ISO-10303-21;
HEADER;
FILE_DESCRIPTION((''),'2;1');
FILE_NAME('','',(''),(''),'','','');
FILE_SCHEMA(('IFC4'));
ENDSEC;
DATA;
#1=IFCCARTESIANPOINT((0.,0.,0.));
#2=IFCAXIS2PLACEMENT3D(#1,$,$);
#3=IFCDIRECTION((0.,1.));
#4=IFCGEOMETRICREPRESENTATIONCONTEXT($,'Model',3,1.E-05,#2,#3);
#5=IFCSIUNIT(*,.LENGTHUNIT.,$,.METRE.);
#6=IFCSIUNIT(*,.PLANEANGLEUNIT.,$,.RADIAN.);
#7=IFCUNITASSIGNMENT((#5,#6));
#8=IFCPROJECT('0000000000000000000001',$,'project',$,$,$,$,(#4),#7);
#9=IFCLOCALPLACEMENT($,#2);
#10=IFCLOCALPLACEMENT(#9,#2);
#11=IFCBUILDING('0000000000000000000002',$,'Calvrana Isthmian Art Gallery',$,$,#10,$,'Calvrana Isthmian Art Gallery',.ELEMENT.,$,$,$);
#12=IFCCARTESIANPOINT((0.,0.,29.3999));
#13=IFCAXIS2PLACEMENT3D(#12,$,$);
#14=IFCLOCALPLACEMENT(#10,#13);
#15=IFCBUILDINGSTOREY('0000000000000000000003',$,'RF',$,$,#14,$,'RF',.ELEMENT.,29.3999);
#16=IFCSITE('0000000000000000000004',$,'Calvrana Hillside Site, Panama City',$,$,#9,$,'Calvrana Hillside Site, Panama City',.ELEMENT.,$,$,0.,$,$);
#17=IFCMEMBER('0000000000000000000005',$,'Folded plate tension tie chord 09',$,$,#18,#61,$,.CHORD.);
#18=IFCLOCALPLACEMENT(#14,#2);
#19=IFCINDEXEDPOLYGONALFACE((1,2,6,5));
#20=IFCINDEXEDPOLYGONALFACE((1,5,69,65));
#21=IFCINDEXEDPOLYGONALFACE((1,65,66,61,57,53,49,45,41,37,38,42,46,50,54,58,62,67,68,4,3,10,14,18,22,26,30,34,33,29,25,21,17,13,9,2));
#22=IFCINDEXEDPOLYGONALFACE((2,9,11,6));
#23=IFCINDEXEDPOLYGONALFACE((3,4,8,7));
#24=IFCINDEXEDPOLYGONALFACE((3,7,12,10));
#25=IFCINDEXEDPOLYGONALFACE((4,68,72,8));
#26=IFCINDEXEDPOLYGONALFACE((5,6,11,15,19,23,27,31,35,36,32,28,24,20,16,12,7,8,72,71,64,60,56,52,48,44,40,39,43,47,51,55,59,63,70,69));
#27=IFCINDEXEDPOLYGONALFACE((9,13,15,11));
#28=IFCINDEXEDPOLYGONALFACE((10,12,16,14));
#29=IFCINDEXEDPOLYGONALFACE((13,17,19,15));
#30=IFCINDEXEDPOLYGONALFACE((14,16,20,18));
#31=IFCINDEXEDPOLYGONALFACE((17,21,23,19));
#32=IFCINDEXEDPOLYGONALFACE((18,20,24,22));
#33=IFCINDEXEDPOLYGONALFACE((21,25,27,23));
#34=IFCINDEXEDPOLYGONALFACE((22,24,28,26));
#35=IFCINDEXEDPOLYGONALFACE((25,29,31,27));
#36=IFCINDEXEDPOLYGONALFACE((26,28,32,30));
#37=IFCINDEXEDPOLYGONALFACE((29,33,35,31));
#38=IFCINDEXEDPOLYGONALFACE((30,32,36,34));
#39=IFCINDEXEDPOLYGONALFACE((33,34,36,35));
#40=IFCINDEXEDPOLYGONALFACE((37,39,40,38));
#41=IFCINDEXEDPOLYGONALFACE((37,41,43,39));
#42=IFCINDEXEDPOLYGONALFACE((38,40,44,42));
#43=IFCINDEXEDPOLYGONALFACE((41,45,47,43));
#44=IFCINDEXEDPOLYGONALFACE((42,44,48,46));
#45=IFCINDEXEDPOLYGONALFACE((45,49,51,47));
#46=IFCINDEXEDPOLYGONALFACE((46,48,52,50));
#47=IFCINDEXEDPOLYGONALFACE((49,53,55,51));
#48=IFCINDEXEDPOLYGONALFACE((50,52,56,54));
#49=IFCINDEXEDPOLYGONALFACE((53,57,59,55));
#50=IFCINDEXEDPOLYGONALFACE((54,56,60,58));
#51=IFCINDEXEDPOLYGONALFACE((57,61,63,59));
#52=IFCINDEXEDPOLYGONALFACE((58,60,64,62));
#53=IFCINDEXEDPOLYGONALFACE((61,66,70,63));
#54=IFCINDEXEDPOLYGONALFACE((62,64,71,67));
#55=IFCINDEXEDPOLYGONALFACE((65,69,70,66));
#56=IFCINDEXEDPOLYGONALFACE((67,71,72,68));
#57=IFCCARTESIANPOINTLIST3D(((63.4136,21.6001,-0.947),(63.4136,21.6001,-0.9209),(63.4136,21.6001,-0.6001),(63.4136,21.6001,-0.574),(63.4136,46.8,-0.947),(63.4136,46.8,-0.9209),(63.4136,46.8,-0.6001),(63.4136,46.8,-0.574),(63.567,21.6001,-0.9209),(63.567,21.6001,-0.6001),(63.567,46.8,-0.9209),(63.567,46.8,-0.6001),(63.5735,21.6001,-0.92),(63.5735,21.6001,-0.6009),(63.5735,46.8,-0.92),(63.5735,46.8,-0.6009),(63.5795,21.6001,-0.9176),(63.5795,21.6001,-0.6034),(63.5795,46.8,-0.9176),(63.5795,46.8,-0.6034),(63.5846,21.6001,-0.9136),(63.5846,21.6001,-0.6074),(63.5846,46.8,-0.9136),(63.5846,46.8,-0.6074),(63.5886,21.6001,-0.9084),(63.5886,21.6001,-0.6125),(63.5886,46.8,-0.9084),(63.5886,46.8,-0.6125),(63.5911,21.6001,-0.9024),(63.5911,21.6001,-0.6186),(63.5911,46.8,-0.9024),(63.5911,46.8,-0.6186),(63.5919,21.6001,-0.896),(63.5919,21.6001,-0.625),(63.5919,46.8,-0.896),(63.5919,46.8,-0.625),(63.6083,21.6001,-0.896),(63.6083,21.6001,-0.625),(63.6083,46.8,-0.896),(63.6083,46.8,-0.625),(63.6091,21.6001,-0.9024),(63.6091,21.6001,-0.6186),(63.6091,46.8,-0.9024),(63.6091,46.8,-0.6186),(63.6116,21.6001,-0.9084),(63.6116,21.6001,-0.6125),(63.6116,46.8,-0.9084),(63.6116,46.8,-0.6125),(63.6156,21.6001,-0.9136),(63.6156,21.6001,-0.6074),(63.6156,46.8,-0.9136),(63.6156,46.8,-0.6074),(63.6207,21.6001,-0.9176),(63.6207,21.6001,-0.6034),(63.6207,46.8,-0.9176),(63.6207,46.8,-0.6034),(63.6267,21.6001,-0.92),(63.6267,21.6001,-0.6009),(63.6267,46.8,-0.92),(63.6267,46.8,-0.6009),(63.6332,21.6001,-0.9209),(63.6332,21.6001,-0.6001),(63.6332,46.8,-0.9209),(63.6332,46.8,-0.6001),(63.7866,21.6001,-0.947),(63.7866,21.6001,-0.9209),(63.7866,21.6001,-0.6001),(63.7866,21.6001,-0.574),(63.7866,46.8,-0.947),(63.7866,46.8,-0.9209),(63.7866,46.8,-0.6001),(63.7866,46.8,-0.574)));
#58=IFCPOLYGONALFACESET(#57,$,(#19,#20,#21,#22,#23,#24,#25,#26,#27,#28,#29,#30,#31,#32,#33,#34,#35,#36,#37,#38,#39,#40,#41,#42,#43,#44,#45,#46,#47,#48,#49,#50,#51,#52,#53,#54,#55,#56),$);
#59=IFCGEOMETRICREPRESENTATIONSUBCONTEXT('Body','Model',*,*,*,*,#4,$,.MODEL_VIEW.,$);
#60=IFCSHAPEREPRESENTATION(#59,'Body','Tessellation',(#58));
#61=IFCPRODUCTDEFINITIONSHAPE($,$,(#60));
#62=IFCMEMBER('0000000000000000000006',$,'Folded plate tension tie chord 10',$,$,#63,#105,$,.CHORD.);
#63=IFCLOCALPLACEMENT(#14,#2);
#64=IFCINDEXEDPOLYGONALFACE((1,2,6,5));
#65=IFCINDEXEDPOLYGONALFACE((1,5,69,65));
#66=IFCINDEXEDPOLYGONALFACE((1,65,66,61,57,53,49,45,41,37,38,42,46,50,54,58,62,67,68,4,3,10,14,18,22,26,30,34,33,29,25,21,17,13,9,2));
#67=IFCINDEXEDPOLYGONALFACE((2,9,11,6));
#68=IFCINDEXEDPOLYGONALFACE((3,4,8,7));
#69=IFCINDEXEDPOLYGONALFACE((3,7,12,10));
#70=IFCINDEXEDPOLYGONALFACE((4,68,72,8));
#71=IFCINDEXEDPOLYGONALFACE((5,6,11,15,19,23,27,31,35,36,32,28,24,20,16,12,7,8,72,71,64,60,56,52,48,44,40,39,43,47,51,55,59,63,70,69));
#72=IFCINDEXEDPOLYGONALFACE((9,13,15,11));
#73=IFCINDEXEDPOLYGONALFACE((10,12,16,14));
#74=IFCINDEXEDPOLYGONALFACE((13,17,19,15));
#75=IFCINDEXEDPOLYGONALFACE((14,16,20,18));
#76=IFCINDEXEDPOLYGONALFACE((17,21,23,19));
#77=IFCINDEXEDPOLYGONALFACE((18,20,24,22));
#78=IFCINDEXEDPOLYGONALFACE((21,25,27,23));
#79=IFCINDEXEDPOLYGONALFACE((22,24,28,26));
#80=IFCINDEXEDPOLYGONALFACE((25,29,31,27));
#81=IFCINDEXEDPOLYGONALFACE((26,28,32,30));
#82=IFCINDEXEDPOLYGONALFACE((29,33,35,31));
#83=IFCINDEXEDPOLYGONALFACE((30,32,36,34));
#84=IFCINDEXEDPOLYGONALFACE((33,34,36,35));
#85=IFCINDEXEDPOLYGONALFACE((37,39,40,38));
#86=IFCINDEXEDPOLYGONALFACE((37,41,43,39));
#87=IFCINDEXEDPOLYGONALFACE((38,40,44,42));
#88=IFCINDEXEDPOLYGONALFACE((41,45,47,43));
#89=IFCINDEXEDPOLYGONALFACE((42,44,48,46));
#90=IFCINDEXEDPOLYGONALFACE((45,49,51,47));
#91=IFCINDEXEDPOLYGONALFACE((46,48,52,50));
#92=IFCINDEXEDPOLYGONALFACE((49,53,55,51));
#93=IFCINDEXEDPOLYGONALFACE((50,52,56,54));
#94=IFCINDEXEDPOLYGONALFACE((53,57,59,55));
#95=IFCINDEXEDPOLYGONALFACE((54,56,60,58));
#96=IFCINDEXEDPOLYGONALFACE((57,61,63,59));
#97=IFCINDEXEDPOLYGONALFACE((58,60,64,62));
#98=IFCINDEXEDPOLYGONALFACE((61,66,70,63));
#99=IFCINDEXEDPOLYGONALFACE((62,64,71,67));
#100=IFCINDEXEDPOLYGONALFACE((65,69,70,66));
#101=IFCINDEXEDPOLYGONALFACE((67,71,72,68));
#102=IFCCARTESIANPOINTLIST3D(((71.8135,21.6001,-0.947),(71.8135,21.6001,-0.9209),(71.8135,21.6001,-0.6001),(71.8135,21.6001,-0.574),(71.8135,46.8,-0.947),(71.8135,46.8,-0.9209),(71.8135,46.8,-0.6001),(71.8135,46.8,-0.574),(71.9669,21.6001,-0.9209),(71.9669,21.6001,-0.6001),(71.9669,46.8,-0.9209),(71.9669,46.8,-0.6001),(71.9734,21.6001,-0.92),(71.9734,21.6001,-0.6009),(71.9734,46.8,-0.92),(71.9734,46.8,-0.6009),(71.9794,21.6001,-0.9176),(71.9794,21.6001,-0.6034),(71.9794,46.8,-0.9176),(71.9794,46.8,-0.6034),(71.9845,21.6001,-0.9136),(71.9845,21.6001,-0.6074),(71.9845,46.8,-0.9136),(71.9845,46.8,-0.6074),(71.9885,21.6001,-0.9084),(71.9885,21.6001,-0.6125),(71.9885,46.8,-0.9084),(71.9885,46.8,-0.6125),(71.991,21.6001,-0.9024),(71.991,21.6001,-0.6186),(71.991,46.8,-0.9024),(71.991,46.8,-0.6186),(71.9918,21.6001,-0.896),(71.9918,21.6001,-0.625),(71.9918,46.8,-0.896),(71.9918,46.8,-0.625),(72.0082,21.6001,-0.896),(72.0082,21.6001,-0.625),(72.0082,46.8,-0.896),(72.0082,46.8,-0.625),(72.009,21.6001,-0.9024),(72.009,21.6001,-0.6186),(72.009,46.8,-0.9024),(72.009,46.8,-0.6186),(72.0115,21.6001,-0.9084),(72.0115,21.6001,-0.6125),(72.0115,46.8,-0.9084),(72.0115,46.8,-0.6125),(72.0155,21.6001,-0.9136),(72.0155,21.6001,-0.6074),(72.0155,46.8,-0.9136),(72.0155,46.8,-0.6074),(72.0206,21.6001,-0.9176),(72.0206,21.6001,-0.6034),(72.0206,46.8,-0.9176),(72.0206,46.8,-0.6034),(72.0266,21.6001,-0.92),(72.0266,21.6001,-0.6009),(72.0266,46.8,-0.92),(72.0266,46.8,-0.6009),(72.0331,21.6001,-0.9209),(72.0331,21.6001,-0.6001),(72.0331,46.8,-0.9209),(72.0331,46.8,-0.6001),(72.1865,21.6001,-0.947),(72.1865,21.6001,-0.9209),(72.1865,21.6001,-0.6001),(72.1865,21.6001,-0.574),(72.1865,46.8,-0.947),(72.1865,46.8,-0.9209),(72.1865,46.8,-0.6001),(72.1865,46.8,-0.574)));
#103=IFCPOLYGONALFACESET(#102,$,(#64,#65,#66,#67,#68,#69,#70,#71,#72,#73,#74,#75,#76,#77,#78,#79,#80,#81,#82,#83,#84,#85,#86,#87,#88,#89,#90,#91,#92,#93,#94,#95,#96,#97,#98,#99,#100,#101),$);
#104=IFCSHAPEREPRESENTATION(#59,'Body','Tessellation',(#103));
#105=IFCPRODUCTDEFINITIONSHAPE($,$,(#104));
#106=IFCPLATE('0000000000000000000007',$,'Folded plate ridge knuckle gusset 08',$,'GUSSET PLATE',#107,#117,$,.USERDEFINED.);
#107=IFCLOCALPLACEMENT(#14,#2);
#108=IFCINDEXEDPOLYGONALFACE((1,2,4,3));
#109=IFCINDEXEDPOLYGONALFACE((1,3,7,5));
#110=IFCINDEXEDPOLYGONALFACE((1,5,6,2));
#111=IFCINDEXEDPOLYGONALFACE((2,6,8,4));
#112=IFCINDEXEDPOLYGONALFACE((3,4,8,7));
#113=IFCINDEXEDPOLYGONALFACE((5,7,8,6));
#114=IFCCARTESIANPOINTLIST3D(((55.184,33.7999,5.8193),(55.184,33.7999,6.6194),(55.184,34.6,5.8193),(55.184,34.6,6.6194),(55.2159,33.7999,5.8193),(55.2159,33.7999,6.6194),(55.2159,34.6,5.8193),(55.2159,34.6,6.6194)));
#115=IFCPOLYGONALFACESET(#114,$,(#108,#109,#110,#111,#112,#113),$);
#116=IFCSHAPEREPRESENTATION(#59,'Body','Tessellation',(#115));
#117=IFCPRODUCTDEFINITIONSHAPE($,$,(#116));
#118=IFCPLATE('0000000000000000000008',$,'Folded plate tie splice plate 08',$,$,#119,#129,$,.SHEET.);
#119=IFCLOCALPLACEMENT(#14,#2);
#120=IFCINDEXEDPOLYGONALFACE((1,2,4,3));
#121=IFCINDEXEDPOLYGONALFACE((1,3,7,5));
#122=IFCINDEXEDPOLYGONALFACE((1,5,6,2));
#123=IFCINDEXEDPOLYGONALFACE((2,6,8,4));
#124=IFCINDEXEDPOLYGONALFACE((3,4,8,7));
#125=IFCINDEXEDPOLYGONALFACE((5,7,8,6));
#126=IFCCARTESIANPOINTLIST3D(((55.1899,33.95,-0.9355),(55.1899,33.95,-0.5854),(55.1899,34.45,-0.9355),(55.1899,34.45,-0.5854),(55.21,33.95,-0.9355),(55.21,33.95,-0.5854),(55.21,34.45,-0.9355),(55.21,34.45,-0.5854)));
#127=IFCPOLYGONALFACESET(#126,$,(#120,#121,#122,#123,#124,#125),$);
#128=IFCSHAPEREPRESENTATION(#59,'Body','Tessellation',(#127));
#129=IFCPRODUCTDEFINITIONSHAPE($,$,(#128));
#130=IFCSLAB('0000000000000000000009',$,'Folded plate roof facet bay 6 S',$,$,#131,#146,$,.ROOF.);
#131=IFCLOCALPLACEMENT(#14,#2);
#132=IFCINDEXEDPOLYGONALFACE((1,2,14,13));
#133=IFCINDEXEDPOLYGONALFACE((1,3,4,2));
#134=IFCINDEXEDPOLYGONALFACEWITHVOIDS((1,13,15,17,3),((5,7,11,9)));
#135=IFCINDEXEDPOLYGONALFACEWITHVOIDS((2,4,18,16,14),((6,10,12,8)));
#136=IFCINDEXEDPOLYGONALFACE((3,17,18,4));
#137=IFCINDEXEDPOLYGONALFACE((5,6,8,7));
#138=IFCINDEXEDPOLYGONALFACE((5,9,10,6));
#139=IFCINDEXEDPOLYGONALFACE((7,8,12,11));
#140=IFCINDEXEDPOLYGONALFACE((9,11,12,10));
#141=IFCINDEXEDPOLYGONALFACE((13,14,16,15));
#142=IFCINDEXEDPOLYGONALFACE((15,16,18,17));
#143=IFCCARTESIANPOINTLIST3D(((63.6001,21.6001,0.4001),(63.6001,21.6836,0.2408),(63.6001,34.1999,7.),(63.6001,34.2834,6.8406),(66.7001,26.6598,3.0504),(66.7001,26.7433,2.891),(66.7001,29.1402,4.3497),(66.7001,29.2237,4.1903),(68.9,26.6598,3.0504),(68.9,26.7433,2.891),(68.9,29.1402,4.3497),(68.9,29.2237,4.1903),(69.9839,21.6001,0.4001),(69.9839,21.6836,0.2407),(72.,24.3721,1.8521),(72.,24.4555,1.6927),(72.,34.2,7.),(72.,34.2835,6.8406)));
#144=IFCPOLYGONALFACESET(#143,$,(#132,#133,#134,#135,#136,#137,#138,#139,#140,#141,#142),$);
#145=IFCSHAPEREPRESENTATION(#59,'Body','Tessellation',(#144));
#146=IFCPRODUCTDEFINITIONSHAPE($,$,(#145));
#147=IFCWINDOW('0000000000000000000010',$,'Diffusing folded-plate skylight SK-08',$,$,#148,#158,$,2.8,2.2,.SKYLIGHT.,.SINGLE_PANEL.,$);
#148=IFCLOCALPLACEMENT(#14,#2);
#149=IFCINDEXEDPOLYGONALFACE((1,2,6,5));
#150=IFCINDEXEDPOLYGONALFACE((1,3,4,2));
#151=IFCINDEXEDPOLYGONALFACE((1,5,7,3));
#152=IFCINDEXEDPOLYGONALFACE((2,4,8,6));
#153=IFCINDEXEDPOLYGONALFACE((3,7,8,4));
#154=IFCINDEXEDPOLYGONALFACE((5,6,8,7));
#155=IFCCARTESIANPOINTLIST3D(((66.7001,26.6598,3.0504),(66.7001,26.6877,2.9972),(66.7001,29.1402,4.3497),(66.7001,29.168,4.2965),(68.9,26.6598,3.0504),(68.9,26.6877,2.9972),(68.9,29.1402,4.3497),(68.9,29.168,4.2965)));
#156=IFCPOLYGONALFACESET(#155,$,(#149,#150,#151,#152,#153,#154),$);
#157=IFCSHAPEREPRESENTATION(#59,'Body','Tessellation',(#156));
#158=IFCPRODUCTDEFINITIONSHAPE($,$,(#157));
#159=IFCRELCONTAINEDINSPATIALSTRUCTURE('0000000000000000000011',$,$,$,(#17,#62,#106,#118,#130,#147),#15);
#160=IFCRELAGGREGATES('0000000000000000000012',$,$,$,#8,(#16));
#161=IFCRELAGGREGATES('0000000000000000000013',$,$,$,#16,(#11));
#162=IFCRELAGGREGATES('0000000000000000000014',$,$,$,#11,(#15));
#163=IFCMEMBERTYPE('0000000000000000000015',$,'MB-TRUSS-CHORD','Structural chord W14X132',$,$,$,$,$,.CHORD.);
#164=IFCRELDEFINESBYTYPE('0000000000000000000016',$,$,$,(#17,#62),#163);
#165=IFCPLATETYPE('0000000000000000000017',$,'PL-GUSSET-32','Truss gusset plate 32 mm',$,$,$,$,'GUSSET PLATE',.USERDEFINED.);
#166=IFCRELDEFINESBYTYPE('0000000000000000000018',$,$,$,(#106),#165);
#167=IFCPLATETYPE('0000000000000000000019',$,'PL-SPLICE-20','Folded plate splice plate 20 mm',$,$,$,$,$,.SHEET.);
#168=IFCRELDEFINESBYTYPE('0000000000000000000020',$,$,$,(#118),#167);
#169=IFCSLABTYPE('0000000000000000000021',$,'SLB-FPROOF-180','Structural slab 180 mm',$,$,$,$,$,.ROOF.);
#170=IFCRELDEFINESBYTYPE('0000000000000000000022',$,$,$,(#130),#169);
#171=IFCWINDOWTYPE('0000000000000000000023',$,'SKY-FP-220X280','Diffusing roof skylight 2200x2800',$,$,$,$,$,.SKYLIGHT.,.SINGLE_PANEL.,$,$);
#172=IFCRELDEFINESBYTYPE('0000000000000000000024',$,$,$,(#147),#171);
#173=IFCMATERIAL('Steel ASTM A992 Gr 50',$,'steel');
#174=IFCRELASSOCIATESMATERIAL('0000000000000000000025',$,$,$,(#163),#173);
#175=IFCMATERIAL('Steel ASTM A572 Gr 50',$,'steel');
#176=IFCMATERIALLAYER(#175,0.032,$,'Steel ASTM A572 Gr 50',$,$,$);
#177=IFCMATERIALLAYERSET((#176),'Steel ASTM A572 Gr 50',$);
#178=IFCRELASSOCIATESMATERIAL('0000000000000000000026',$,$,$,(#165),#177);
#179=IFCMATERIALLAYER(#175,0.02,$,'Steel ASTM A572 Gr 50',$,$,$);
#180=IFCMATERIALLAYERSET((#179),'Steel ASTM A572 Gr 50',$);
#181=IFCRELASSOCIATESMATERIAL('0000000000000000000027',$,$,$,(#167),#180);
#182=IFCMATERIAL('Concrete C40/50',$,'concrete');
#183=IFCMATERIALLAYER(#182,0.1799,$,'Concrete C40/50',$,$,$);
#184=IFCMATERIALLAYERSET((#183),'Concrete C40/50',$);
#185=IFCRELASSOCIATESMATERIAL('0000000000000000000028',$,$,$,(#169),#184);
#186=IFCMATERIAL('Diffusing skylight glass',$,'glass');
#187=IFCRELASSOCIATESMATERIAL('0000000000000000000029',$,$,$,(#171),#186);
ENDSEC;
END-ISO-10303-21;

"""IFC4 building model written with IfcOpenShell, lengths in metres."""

from ifc_helpers import new_model, si_unit, direction, frame, origin, origin_2d, place, context, subcontext, project, spatial, polyline, rectangle, i_section, outline, extrude, material, layer, layer_set, material_profile, profile_set, type_object, element, fill, save


model = new_model("IFC4")

# Units and contexts
model_context = context("Model", 3, precision=1e-05, world=origin(), true_north=direction((0.0, 1.0)))
body_context = subcontext(model_context, "Body", "Model", "MODEL_VIEW")
ifc_project = project(units=[si_unit("LENGTHUNIT", "METRE"), si_unit("PLANEANGLEUNIT", "RADIAN")], contexts=[model_context])

# Site, building, storey
site_placement = place(None, origin())
site = spatial("IfcSite", under=ifc_project, at=site_placement, Name="Calvrana Hillside Site, Panama City", LongName="Calvrana Hillside Site, Panama City", CompositionType="ELEMENT", RefElevation=0.0)
building_placement = place(site_placement, origin())
building = spatial("IfcBuilding", under=site, at=building_placement, Name="Calvrana Isthmian Art Gallery", LongName="Calvrana Isthmian Art Gallery", CompositionType="ELEMENT")
storey_placement = place(building_placement, frame((0.0, 0.0, 29.3999)))
storey = spatial("IfcBuildingStorey", under=building, at=storey_placement, Name="RF", LongName="RF", CompositionType="ELEMENT", Elevation=29.3999)

# Shared definitions
ifc_material_1 = material(Name="Steel ASTM A992 Gr 50", Category="steel")

# Members
ifc_material_profile_1 = material_profile(ifc_material_1, i_section(OverallWidth=0.373, OverallDepth=0.373, WebThickness=0.0164, FlangeThickness=0.0261, FilletRadius=0.0249, at=origin_2d()), Name="W14X132")
ifc_profile_set_1 = profile_set([ifc_material_profile_1], Name="Steel ASTM A992 Gr 50")
member_type_1 = type_object("IfcMemberType", Name="MB-TRUSS-CHORD", Description="Structural chord W14X132", PredefinedType="CHORD", material=ifc_profile_set_1)
for number, where, z_axis, x_axis, name in (
    (1, (63.6001, 21.6001, -0.7605), (0.0, 1.0, 0.0), (-1.0, 0.0, 0.0), "Folded plate tension tie chord 09"),
    (2, (72.0, 21.6001, -0.7605), (0.0, 1.0, 0.0), (-1.0, 0.0, 0.0), "Folded plate tension tie chord 10"),
):
    element("IfcMember", number, at=place(storey_placement, frame(where, z_axis=z_axis, x_axis=x_axis)), inside=storey, type_object=member_type_1, Name=name, PredefinedType="CHORD", context=body_context, shape_type="SweptSolid", body=[
        extrude(i_section(OverallWidth=0.373, OverallDepth=0.373, WebThickness=0.0164, FlangeThickness=0.0261, FilletRadius=0.0249, at=origin_2d()), origin(), (0.0, 0.0, 1.0), 25.2),
    ])

# Plates
ifc_material_2 = material(Name="Steel ASTM A572 Gr 50", Category="steel")
ifc_layer_1 = layer(ifc_material_2, 0.032, Name="Steel ASTM A572 Gr 50")
ifc_layer_set_1 = layer_set([ifc_layer_1], Name="Steel ASTM A572 Gr 50")
plate_type_1 = type_object("IfcPlateType", Name="PL-GUSSET-32", Description="Truss gusset plate 32 mm", ElementType="GUSSET PLATE", PredefinedType="USERDEFINED", material=ifc_layer_set_1)
plate_1_placement = place(storey_placement, frame((55.2, 34.2, 5.8193), z_axis=(0.0, 0.0, 1.0), x_axis=(1.0, 0.0, 0.0)))
element("IfcPlate", 3, at=plate_1_placement, inside=storey, type_object=plate_type_1, Name="Folded plate ridge knuckle gusset 08", ObjectType="GUSSET PLATE", PredefinedType="USERDEFINED", context=body_context, shape_type="SweptSolid", body=[
    extrude(rectangle(XDim=0.032, YDim=0.8, at=origin_2d()), origin(), (0.0, 0.0, 1.0), 0.8),
])
ifc_layer_2 = layer(ifc_material_2, 0.02, Name="Steel ASTM A572 Gr 50")
ifc_layer_set_2 = layer_set([ifc_layer_2], Name="Steel ASTM A572 Gr 50")
plate_type_2 = type_object("IfcPlateType", Name="PL-SPLICE-20", Description="Folded plate splice plate 20 mm", PredefinedType="SHEET", material=ifc_layer_set_2)
plate_2_placement = place(storey_placement, frame((55.2, 34.2, -0.9355), z_axis=(0.0, 0.0, 1.0), x_axis=(1.0, 0.0, 0.0)))
element("IfcPlate", 4, at=plate_2_placement, inside=storey, type_object=plate_type_2, Name="Folded plate tie splice plate 08", PredefinedType="SHEET", context=body_context, shape_type="SweptSolid", body=[
    extrude(rectangle(XDim=0.02, YDim=0.5, at=origin_2d()), origin(), (0.0, 0.0, 1.0), 0.3501),
])

# Slab, opening, window
ifc_material_3 = material(Name="Concrete C40/50", Category="concrete")
ifc_layer_3 = layer(ifc_material_3, 0.1799, Name="Concrete C40/50")
ifc_layer_set_3 = layer_set([ifc_layer_3], Name="Concrete C40/50")
slab_type = type_object("IfcSlabType", Name="SLB-FPROOF-180", Description="Structural slab 180 mm", PredefinedType="ROOF", material=ifc_layer_set_3)
slab_1_placement = place(storey_placement, frame((63.6001, 21.6001, 0.4001), z_axis=(0.000004, -0.464004, 0.885833), x_axis=(1.0, 0.000002, -0.000003)))
slab_1 = element("IfcSlab", 5, at=slab_1_placement, inside=storey, type_object=slab_type, Name="Folded plate roof facet bay 6 S", PredefinedType="ROOF", context=body_context, shape_type="SweptSolid", body=[
    extrude(outline(polyline([(0.0, 0.0), (6.3838, 0.0), (8.3999, 3.1292), (8.3999, 14.2237), (0.0, 14.2237), (0.0, 0.0)])), origin(), (0.0, 0.0, -1.0), 0.1799),
])
opening_1_placement = place(slab_1_placement, frame((4.2, 7.1118, 0.0103)))
opening_1 = element("IfcOpeningElement", 6, at=opening_1_placement, cuts=slab_1, PredefinedType="OPENING", context=body_context, shape_type="SweptSolid", body=[
    extrude(rectangle(XDim=2.2, YDim=2.8, at=origin_2d()), origin(), (0.0, 0.0, -1.0), 0.2004),
])
ifc_material_4 = material(Name="Diffusing skylight glass", Category="glass")
window_type_1 = type_object("IfcWindowType", Name="SKY-FP-220X280", Description="Diffusing roof skylight 2200x2800", PartitioningType="SINGLE_PANEL", PredefinedType="SKYLIGHT", material=ifc_material_4)
window_1_placement = place(slab_1_placement, frame((4.2, 7.1118, 0.0)))
window_1 = element("IfcWindow", 7, at=window_1_placement, inside=storey, type_object=window_type_1, Name="Diffusing folded-plate skylight SK-08", OverallHeight=2.8, OverallWidth=2.2, PartitioningType="SINGLE_PANEL", PredefinedType="SKYLIGHT", context=body_context, shape_type="SweptSolid", body=[
    extrude(rectangle(XDim=2.2, YDim=2.8, at=origin_2d()), origin(), (0.0, 0.0, -1.0), 0.0601),
])
fill(opening_1, window_1)

save(model, "model.ifc")
